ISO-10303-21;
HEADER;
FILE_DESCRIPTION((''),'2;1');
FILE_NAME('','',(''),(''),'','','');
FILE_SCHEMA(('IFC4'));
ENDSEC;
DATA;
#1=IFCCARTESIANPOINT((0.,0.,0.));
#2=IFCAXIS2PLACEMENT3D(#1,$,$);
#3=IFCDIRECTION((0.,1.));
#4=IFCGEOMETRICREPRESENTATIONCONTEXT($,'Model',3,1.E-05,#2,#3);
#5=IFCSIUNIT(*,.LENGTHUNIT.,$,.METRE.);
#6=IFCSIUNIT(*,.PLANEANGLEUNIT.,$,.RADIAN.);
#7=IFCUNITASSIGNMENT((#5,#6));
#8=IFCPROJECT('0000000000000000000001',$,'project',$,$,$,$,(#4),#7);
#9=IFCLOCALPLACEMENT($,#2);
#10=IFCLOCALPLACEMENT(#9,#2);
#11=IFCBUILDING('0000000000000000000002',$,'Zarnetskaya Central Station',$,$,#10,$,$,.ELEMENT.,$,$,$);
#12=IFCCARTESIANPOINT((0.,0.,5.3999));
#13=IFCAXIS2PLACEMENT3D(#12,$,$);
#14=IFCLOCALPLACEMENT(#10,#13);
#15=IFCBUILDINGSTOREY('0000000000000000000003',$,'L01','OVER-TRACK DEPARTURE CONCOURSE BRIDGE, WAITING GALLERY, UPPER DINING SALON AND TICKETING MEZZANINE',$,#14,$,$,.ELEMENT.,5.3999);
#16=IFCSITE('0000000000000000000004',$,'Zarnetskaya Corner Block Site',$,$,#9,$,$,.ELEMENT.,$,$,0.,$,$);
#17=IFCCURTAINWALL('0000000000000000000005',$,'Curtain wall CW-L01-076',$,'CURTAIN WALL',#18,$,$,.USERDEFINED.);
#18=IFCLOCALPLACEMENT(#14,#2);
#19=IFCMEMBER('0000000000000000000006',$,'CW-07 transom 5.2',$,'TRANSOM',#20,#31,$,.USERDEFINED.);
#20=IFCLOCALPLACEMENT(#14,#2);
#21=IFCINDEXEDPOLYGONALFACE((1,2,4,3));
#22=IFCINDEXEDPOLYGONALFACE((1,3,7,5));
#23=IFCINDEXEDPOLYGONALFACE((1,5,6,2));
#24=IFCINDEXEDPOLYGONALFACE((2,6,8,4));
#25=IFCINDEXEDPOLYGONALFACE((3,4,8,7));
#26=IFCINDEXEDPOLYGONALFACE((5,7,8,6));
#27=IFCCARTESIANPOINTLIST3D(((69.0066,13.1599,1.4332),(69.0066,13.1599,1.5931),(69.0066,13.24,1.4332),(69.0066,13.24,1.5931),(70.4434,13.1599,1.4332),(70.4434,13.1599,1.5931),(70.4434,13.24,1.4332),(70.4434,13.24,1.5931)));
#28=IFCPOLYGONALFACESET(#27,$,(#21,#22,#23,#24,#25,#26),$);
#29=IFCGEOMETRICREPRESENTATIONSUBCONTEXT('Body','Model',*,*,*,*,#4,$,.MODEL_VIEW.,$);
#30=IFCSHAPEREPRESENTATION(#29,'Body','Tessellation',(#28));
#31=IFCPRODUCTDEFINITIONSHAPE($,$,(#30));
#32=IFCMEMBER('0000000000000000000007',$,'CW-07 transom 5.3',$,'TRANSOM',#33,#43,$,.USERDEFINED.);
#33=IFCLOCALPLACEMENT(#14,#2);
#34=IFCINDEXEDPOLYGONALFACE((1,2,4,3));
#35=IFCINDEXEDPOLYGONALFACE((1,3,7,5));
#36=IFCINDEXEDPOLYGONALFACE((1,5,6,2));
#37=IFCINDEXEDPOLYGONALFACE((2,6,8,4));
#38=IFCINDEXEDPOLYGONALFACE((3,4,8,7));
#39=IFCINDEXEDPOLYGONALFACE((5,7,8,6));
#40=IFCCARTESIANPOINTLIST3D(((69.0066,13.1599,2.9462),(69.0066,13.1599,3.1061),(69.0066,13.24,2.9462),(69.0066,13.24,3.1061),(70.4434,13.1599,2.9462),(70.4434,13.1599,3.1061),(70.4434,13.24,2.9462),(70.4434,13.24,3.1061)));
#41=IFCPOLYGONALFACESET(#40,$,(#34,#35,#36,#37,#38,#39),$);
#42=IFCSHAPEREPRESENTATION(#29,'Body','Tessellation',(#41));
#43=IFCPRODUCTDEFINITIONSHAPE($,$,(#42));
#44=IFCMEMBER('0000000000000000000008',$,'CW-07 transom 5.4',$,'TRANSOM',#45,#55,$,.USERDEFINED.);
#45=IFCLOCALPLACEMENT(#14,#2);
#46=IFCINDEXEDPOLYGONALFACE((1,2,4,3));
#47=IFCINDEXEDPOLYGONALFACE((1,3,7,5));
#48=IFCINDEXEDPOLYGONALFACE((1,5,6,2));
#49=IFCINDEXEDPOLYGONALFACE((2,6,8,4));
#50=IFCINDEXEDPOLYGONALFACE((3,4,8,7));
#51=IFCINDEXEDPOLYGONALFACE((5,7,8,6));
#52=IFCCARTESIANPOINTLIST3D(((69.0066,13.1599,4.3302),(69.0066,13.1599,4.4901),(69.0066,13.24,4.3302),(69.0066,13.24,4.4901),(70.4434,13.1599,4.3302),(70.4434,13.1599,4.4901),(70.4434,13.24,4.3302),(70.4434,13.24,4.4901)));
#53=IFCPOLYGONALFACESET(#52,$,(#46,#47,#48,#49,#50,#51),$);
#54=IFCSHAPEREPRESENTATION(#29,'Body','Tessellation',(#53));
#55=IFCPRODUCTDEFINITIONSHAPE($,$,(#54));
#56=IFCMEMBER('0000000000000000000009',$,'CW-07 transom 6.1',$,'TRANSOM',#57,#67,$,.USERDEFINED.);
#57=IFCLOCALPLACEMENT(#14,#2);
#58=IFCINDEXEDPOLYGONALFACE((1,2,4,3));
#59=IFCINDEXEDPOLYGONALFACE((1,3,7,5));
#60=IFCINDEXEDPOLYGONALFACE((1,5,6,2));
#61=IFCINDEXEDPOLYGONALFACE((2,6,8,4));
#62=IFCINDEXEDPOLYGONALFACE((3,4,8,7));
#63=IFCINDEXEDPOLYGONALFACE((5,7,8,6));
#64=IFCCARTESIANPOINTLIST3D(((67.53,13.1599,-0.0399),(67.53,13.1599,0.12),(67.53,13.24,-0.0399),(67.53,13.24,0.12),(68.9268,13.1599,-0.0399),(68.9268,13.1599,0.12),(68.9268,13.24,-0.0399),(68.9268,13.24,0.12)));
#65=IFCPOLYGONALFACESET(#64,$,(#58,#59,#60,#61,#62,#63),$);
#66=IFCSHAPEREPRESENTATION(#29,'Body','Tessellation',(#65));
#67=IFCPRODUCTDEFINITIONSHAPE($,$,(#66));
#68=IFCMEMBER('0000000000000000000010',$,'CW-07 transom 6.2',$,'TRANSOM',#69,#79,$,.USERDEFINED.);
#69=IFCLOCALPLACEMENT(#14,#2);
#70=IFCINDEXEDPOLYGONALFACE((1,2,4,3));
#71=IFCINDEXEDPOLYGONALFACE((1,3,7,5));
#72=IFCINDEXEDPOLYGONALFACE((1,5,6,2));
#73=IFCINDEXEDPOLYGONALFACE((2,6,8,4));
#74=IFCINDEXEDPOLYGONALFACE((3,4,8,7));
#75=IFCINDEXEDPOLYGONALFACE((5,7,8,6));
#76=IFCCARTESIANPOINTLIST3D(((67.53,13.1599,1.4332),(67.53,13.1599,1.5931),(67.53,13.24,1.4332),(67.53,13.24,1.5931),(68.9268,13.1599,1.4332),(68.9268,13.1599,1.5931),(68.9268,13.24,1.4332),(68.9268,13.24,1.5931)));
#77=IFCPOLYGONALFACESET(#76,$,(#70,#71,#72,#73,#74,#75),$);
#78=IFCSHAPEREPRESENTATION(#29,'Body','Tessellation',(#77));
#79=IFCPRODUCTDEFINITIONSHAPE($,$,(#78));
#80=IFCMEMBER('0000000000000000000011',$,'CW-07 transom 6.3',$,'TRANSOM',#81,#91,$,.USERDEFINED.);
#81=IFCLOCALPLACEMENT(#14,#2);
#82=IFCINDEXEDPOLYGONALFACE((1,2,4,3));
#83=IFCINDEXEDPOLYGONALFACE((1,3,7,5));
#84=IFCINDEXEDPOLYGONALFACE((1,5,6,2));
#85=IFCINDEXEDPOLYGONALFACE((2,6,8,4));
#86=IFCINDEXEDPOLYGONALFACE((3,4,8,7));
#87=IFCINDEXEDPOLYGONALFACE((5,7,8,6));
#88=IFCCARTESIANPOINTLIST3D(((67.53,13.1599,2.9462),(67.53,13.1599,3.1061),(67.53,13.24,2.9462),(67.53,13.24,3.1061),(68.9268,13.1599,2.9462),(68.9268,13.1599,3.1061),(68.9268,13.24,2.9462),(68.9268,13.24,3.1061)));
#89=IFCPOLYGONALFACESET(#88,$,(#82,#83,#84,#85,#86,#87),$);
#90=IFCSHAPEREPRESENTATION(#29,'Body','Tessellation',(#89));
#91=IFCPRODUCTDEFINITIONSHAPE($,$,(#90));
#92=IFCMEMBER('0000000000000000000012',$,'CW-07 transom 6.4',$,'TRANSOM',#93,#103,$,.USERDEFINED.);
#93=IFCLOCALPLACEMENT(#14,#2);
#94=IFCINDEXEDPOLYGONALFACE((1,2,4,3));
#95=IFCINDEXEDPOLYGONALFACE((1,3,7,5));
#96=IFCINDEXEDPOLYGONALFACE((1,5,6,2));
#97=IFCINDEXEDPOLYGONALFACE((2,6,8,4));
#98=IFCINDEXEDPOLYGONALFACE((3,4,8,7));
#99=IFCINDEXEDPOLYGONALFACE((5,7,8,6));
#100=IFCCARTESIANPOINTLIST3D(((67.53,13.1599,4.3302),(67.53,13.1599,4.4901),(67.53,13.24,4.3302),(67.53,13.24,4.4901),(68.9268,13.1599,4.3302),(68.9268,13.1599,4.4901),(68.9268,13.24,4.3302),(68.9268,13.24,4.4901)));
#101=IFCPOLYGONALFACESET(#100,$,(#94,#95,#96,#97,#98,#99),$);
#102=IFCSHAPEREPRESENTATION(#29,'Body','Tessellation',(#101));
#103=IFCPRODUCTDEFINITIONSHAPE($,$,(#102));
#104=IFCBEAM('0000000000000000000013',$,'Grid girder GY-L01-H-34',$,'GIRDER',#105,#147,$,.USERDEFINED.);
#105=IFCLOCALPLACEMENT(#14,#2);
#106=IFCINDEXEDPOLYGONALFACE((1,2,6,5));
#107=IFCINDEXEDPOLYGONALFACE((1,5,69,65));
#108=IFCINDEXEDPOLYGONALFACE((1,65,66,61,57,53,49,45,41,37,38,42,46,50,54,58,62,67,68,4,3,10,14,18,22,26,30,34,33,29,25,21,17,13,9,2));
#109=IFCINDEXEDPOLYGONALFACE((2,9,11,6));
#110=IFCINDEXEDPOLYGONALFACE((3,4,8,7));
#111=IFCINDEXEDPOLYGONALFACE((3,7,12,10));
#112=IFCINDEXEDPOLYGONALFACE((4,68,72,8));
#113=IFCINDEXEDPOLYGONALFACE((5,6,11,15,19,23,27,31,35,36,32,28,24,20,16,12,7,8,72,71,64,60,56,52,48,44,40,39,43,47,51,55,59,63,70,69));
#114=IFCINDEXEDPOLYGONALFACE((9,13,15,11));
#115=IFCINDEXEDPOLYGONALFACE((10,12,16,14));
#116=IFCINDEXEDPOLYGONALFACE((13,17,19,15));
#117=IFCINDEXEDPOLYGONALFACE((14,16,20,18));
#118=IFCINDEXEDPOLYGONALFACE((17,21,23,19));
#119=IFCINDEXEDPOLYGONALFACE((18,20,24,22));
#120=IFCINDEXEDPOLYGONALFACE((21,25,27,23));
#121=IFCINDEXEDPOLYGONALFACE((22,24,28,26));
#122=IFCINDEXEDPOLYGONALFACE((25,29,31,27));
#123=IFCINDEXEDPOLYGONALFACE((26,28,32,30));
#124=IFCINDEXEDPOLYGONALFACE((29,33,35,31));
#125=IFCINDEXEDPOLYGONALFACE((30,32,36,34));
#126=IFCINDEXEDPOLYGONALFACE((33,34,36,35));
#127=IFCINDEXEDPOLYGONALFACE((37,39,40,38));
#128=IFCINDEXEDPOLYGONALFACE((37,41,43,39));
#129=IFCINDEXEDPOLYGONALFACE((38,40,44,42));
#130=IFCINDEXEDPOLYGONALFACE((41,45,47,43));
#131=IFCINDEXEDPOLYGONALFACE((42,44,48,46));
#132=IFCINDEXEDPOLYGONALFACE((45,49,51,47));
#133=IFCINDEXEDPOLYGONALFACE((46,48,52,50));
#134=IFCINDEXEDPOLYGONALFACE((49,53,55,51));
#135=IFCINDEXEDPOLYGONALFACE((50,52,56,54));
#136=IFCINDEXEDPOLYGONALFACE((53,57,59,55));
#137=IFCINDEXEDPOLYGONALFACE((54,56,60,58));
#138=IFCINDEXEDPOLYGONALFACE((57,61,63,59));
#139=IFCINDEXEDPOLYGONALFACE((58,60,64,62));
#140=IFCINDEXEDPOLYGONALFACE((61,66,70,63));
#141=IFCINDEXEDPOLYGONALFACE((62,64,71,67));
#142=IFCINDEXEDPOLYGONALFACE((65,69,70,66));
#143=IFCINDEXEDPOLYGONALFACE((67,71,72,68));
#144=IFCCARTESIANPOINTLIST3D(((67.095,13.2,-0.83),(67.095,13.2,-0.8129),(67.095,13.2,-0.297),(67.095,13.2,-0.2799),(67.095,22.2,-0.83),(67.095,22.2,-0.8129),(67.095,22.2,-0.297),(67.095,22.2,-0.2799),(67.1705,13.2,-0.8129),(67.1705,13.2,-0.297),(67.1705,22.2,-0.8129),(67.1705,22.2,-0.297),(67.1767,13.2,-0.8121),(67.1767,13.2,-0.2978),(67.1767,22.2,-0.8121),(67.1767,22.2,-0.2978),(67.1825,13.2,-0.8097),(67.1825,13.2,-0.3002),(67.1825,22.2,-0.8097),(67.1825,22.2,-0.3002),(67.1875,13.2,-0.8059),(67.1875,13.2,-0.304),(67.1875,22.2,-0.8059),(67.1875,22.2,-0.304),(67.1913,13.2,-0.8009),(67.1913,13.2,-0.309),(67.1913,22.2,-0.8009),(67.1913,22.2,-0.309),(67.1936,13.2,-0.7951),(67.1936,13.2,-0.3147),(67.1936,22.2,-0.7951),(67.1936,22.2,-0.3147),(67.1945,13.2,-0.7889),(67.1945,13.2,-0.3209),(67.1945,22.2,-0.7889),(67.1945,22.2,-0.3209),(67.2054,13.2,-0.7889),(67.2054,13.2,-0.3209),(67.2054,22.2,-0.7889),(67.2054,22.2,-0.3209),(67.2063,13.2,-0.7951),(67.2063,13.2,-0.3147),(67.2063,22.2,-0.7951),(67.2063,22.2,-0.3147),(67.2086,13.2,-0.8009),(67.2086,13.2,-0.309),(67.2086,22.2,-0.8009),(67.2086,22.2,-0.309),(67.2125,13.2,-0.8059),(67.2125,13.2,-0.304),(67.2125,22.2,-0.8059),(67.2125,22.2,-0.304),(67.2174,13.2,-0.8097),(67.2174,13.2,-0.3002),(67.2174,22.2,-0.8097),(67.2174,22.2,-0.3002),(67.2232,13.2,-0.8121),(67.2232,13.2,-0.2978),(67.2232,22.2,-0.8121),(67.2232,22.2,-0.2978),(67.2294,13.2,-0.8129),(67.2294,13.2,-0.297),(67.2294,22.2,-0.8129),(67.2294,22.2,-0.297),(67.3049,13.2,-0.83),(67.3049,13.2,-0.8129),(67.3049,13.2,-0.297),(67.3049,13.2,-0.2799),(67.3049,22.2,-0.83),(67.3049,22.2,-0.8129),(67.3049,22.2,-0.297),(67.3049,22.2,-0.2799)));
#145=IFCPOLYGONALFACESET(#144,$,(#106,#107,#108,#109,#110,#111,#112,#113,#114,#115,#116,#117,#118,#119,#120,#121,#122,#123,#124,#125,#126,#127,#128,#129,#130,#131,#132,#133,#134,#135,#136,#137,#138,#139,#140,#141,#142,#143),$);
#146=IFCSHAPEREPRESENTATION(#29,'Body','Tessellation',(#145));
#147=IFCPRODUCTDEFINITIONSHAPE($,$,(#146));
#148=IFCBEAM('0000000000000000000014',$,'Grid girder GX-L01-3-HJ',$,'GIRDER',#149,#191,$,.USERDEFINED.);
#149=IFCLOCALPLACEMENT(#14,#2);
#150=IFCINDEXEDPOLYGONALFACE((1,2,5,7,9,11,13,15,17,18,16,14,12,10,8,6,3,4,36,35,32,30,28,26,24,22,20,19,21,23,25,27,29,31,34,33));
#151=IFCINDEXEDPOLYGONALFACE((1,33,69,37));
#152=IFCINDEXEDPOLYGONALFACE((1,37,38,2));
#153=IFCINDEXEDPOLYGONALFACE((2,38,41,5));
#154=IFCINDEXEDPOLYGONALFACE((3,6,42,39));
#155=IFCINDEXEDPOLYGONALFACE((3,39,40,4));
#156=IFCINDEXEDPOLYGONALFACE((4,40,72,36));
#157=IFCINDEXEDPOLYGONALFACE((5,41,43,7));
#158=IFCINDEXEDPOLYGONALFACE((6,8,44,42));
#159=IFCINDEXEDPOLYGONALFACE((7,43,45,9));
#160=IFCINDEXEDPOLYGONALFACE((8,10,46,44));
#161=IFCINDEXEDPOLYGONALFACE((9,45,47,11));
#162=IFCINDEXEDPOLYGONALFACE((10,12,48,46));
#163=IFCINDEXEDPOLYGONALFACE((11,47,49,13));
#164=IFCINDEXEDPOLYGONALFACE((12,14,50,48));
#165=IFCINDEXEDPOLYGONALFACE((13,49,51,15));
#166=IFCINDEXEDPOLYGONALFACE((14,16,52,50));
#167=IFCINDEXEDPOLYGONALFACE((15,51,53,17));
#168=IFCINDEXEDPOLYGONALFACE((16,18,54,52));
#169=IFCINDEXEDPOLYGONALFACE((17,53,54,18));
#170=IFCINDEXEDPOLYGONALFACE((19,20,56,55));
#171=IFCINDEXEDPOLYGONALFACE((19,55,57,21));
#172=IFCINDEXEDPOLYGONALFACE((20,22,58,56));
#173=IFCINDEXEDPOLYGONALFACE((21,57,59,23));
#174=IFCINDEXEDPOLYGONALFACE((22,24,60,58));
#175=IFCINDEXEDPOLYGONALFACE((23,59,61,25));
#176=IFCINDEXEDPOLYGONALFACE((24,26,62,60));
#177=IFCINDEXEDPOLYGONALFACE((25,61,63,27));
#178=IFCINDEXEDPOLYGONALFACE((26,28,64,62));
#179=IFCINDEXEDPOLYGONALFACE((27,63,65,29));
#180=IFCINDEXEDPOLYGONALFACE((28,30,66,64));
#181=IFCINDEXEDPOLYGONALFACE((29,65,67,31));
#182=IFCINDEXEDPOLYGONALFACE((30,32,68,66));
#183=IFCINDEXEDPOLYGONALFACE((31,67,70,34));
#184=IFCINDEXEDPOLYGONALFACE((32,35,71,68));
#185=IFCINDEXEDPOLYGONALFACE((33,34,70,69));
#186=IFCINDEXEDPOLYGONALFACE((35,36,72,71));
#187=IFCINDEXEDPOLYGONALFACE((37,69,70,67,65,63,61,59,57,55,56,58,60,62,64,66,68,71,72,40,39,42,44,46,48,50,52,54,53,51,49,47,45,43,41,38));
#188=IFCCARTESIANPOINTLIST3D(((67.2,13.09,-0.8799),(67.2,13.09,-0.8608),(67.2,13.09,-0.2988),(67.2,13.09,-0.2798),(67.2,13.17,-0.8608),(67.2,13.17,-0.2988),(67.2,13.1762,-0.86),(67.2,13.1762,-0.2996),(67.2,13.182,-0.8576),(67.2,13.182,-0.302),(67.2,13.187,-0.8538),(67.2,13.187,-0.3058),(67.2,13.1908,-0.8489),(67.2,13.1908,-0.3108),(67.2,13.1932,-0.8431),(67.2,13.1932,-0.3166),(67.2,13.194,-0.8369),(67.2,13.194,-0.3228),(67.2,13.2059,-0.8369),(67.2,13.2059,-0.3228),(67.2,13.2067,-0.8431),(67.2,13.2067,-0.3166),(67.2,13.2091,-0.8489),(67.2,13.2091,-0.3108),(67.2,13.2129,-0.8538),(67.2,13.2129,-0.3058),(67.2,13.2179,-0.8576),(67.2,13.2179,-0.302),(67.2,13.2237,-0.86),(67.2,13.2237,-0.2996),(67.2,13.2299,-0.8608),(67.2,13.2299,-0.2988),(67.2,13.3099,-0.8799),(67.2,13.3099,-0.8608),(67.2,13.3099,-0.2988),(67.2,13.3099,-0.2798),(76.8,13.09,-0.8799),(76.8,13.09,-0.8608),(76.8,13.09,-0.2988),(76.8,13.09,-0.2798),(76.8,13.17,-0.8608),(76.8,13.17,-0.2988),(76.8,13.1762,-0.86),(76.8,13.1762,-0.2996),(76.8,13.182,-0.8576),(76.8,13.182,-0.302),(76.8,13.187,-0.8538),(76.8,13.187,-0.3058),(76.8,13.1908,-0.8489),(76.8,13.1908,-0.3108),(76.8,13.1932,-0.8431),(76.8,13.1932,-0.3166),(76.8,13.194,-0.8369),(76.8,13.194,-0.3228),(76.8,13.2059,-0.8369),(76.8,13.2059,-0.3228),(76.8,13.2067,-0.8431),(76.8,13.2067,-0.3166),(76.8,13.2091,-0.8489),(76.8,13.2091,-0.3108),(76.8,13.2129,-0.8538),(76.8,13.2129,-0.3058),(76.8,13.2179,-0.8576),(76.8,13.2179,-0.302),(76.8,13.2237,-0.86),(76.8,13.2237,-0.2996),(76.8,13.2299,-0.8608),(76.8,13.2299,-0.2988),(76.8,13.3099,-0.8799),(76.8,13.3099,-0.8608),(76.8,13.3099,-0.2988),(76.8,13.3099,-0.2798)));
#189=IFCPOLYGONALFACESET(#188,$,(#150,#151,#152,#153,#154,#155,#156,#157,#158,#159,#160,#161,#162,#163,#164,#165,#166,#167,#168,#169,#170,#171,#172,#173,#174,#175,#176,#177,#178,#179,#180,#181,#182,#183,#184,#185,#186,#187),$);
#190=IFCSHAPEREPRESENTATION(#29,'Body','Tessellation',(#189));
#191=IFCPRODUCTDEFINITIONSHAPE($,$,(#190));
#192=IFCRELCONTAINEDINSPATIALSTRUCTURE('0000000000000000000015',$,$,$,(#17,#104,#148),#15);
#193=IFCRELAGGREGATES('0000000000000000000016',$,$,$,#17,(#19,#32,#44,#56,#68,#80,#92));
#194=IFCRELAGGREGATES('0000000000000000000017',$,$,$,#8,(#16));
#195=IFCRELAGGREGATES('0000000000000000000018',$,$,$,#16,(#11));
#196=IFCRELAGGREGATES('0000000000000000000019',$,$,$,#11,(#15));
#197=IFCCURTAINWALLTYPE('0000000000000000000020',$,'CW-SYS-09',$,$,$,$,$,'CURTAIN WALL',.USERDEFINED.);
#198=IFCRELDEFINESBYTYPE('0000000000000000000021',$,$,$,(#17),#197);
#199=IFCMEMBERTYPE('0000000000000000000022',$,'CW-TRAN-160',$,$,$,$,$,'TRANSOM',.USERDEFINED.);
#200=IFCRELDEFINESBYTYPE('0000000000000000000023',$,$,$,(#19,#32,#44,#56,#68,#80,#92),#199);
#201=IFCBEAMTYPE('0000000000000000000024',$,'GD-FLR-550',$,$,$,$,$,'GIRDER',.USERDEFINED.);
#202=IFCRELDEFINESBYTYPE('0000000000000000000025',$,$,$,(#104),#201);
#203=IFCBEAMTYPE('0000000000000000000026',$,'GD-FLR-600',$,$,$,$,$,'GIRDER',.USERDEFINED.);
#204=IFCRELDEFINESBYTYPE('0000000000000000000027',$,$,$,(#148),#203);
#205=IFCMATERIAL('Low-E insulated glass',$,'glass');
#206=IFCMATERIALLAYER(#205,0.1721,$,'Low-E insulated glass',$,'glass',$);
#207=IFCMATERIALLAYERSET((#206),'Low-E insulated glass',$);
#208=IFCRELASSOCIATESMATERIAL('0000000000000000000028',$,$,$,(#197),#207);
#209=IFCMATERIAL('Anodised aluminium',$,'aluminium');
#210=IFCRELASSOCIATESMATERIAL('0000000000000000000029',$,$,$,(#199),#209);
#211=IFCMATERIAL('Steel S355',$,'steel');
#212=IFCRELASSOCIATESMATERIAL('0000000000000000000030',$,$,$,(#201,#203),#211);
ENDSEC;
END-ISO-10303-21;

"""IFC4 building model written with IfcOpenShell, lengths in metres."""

from ifc_helpers import new_model, si_unit, direction, frame, origin, origin_2d, place, context, subcontext, project, spatial, rectangle, i_section, extrude, material, layer, layer_set, material_profile, profile_set, type_object, element, aggregate, save


model = new_model("IFC4")

# Units and contexts
model_context = context("Model", 3, precision=1e-05, world=origin(), true_north=direction((0.0, 1.0)))
body_context = subcontext(model_context, "Body", "Model", "MODEL_VIEW")
ifc_project = project(units=[si_unit("LENGTHUNIT", "METRE"), si_unit("PLANEANGLEUNIT", "RADIAN")], contexts=[model_context])

# Site, building, storey
site_placement = place(None, origin())
site = spatial("IfcSite", under=ifc_project, at=site_placement, Name="Zarnetskaya Corner Block Site", CompositionType="ELEMENT", RefElevation=0.0)
building_placement = place(site_placement, origin())
building = spatial("IfcBuilding", under=site, at=building_placement, Name="Zarnetskaya Central Station", CompositionType="ELEMENT")
storey_placement = place(building_placement, frame((0.0, 0.0, 5.3999)))
storey = spatial("IfcBuildingStorey", under=building, at=storey_placement, Name="L01", Description="OVER-TRACK DEPARTURE CONCOURSE BRIDGE, WAITING GALLERY, UPPER DINING SALON AND TICKETING MEZZANINE", CompositionType="ELEMENT", Elevation=5.3999)

# Shared definitions
ifc_material_1 = material(Name="Steel S355", Category="steel")

# Shared definitions
ifc_material_2 = material(Name="Low-E insulated glass", Category="glass")
ifc_material_3 = material(Name="Anodised aluminium", Category="aluminium")

# Curtain wall
ifc_layer_1 = layer(ifc_material_2, 0.1721, Name="Low-E insulated glass", Category="glass")
ifc_layer_set_1 = layer_set([ifc_layer_1], Name="Low-E insulated glass")
curtain_wall_type_1 = type_object("IfcCurtainWallType", Name="CW-SYS-09", ElementType="CURTAIN WALL", PredefinedType="USERDEFINED", material=ifc_layer_set_1)
curtain_wall_1_placement = place(storey_placement, origin())
curtain_wall_1 = element("IfcCurtainWall", 1, at=curtain_wall_1_placement, inside=storey, type_object=curtain_wall_type_1, Name="Curtain wall CW-L01-076", ObjectType="CURTAIN WALL", PredefinedType="USERDEFINED")

# Members
ifc_material_profile_1 = material_profile(ifc_material_3, rectangle(XDim=0.0801, YDim=0.1599, at=origin_2d()), Name="ALU TRAN 80x160")
ifc_profile_set_1 = profile_set([ifc_material_profile_1], Name="Anodised aluminium")
member_type_1 = type_object("IfcMemberType", Name="CW-TRAN-160", ElementType="TRANSOM", PredefinedType="USERDEFINED", material=ifc_profile_set_1)
member_1_placement = place(storey_placement, frame((70.4434, 13.2, 1.5132), z_axis=(-1.0, 0.0, 0.0), x_axis=(0.0, -1.0, 0.0)))
member_1 = element("IfcMember", 2, at=member_1_placement, type_object=member_type_1, Name="CW-07 transom 5.2", ObjectType="TRANSOM", PredefinedType="USERDEFINED", context=body_context, shape_type="SweptSolid", body=[
    extrude(rectangle(XDim=0.0801, YDim=0.1599, at=origin_2d()), origin(), (0.0, 0.0, 1.0), 1.4368),
])
member_2_placement = place(storey_placement, frame((70.4434, 13.2, 3.0261), z_axis=(-1.0, 0.0, 0.0), x_axis=(0.0, -1.0, 0.0)))
member_2 = element("IfcMember", 3, at=member_2_placement, type_object=member_type_1, Name="CW-07 transom 5.3", ObjectType="TRANSOM", PredefinedType="USERDEFINED", context=body_context, shape_type="SweptSolid", body=[
    extrude(rectangle(XDim=0.0801, YDim=0.1599, at=origin_2d()), origin(), (0.0, 0.0, 1.0), 1.4368),
])
member_3_placement = place(storey_placement, frame((70.4434, 13.2, 4.4102), z_axis=(-1.0, 0.0, 0.0), x_axis=(0.0, -1.0, 0.0)))
member_3 = element("IfcMember", 4, at=member_3_placement, type_object=member_type_1, Name="CW-07 transom 5.4", ObjectType="TRANSOM", PredefinedType="USERDEFINED", context=body_context, shape_type="SweptSolid", body=[
    extrude(rectangle(XDim=0.0801, YDim=0.1599, at=origin_2d()), origin(), (0.0, 0.0, 1.0), 1.4368),
])
member_4_placement = place(storey_placement, frame((68.9268, 13.2, 0.04), z_axis=(-1.0, 0.0, 0.0), x_axis=(0.0, -1.0, 0.0)))
member_4 = element("IfcMember", 5, at=member_4_placement, type_object=member_type_1, Name="CW-07 transom 6.1", ObjectType="TRANSOM", PredefinedType="USERDEFINED", context=body_context, shape_type="SweptSolid", body=[
    extrude(rectangle(XDim=0.0801, YDim=0.1599, at=origin_2d()), origin(), (0.0, 0.0, 1.0), 1.3967),
])
member_5_placement = place(storey_placement, frame((68.9268, 13.2, 1.5132), z_axis=(-1.0, 0.0, 0.0), x_axis=(0.0, -1.0, 0.0)))
member_5 = element("IfcMember", 6, at=member_5_placement, type_object=member_type_1, Name="CW-07 transom 6.2", ObjectType="TRANSOM", PredefinedType="USERDEFINED", context=body_context, shape_type="SweptSolid", body=[
    extrude(rectangle(XDim=0.0801, YDim=0.1599, at=origin_2d()), origin(), (0.0, 0.0, 1.0), 1.3967),
])
member_6_placement = place(storey_placement, frame((68.9268, 13.2, 3.0261), z_axis=(-1.0, 0.0, 0.0), x_axis=(0.0, -1.0, 0.0)))
member_6 = element("IfcMember", 7, at=member_6_placement, type_object=member_type_1, Name="CW-07 transom 6.3", ObjectType="TRANSOM", PredefinedType="USERDEFINED", context=body_context, shape_type="SweptSolid", body=[
    extrude(rectangle(XDim=0.0801, YDim=0.1599, at=origin_2d()), origin(), (0.0, 0.0, 1.0), 1.3967),
])
member_7_placement = place(storey_placement, frame((68.9268, 13.2, 4.4102), z_axis=(-1.0, 0.0, 0.0), x_axis=(0.0, -1.0, 0.0)))
member_7 = element("IfcMember", 8, at=member_7_placement, type_object=member_type_1, Name="CW-07 transom 6.4", ObjectType="TRANSOM", PredefinedType="USERDEFINED", context=body_context, shape_type="SweptSolid", body=[
    extrude(rectangle(XDim=0.0801, YDim=0.1599, at=origin_2d()), origin(), (0.0, 0.0, 1.0), 1.3967),
])

# Beams
ifc_material_profile_2 = material_profile(ifc_material_1, i_section(OverallWidth=0.21, OverallDepth=0.55, WebThickness=0.011, FlangeThickness=0.0171, FilletRadius=0.0239, at=origin_2d()), Name="IPE 550")
ifc_profile_set_2 = profile_set([ifc_material_profile_2], Name="Steel S355")
beam_type_1 = type_object("IfcBeamType", Name="GD-FLR-550", ElementType="GIRDER", PredefinedType="USERDEFINED", material=ifc_profile_set_2)
beam_1_placement = place(storey_placement, frame((67.2, 13.2, -0.5549), z_axis=(0.0, 1.0, 0.0), x_axis=(-1.0, 0.0, 0.0)))
element("IfcBeam", 9, at=beam_1_placement, inside=storey, type_object=beam_type_1, Name="Grid girder GY-L01-H-34", ObjectType="GIRDER", PredefinedType="USERDEFINED", context=body_context, shape_type="SweptSolid", body=[
    extrude(i_section(OverallWidth=0.21, OverallDepth=0.55, WebThickness=0.011, FlangeThickness=0.0171, FilletRadius=0.0239, at=origin_2d()), origin(), (0.0, 0.0, 1.0), 9.0),
])
ifc_material_profile_3 = material_profile(ifc_material_1, i_section(OverallWidth=0.22, OverallDepth=0.6001, WebThickness=0.012, FlangeThickness=0.019, FilletRadius=0.0239, at=origin_2d()), Name="IPE 600")
ifc_profile_set_3 = profile_set([ifc_material_profile_3], Name="Steel S355")
beam_type_2 = type_object("IfcBeamType", Name="GD-FLR-600", ElementType="GIRDER", PredefinedType="USERDEFINED", material=ifc_profile_set_3)
beam_2_placement = place(storey_placement, frame((67.2, 13.2, -0.5798), z_axis=(1.0, 0.0, 0.0), x_axis=(0.0, 1.0, 0.0)))
element("IfcBeam", 10, at=beam_2_placement, inside=storey, type_object=beam_type_2, Name="Grid girder GX-L01-3-HJ", ObjectType="GIRDER", PredefinedType="USERDEFINED", context=body_context, shape_type="SweptSolid", body=[
    extrude(i_section(OverallWidth=0.22, OverallDepth=0.6001, WebThickness=0.012, FlangeThickness=0.019, FilletRadius=0.0239, at=origin_2d()), origin(), (0.0, 0.0, 1.0), 9.6001),
])

aggregate(curtain_wall_1, [member_1, member_2, member_3, member_4, member_5, member_6, member_7])

save(model, "model.ifc")
